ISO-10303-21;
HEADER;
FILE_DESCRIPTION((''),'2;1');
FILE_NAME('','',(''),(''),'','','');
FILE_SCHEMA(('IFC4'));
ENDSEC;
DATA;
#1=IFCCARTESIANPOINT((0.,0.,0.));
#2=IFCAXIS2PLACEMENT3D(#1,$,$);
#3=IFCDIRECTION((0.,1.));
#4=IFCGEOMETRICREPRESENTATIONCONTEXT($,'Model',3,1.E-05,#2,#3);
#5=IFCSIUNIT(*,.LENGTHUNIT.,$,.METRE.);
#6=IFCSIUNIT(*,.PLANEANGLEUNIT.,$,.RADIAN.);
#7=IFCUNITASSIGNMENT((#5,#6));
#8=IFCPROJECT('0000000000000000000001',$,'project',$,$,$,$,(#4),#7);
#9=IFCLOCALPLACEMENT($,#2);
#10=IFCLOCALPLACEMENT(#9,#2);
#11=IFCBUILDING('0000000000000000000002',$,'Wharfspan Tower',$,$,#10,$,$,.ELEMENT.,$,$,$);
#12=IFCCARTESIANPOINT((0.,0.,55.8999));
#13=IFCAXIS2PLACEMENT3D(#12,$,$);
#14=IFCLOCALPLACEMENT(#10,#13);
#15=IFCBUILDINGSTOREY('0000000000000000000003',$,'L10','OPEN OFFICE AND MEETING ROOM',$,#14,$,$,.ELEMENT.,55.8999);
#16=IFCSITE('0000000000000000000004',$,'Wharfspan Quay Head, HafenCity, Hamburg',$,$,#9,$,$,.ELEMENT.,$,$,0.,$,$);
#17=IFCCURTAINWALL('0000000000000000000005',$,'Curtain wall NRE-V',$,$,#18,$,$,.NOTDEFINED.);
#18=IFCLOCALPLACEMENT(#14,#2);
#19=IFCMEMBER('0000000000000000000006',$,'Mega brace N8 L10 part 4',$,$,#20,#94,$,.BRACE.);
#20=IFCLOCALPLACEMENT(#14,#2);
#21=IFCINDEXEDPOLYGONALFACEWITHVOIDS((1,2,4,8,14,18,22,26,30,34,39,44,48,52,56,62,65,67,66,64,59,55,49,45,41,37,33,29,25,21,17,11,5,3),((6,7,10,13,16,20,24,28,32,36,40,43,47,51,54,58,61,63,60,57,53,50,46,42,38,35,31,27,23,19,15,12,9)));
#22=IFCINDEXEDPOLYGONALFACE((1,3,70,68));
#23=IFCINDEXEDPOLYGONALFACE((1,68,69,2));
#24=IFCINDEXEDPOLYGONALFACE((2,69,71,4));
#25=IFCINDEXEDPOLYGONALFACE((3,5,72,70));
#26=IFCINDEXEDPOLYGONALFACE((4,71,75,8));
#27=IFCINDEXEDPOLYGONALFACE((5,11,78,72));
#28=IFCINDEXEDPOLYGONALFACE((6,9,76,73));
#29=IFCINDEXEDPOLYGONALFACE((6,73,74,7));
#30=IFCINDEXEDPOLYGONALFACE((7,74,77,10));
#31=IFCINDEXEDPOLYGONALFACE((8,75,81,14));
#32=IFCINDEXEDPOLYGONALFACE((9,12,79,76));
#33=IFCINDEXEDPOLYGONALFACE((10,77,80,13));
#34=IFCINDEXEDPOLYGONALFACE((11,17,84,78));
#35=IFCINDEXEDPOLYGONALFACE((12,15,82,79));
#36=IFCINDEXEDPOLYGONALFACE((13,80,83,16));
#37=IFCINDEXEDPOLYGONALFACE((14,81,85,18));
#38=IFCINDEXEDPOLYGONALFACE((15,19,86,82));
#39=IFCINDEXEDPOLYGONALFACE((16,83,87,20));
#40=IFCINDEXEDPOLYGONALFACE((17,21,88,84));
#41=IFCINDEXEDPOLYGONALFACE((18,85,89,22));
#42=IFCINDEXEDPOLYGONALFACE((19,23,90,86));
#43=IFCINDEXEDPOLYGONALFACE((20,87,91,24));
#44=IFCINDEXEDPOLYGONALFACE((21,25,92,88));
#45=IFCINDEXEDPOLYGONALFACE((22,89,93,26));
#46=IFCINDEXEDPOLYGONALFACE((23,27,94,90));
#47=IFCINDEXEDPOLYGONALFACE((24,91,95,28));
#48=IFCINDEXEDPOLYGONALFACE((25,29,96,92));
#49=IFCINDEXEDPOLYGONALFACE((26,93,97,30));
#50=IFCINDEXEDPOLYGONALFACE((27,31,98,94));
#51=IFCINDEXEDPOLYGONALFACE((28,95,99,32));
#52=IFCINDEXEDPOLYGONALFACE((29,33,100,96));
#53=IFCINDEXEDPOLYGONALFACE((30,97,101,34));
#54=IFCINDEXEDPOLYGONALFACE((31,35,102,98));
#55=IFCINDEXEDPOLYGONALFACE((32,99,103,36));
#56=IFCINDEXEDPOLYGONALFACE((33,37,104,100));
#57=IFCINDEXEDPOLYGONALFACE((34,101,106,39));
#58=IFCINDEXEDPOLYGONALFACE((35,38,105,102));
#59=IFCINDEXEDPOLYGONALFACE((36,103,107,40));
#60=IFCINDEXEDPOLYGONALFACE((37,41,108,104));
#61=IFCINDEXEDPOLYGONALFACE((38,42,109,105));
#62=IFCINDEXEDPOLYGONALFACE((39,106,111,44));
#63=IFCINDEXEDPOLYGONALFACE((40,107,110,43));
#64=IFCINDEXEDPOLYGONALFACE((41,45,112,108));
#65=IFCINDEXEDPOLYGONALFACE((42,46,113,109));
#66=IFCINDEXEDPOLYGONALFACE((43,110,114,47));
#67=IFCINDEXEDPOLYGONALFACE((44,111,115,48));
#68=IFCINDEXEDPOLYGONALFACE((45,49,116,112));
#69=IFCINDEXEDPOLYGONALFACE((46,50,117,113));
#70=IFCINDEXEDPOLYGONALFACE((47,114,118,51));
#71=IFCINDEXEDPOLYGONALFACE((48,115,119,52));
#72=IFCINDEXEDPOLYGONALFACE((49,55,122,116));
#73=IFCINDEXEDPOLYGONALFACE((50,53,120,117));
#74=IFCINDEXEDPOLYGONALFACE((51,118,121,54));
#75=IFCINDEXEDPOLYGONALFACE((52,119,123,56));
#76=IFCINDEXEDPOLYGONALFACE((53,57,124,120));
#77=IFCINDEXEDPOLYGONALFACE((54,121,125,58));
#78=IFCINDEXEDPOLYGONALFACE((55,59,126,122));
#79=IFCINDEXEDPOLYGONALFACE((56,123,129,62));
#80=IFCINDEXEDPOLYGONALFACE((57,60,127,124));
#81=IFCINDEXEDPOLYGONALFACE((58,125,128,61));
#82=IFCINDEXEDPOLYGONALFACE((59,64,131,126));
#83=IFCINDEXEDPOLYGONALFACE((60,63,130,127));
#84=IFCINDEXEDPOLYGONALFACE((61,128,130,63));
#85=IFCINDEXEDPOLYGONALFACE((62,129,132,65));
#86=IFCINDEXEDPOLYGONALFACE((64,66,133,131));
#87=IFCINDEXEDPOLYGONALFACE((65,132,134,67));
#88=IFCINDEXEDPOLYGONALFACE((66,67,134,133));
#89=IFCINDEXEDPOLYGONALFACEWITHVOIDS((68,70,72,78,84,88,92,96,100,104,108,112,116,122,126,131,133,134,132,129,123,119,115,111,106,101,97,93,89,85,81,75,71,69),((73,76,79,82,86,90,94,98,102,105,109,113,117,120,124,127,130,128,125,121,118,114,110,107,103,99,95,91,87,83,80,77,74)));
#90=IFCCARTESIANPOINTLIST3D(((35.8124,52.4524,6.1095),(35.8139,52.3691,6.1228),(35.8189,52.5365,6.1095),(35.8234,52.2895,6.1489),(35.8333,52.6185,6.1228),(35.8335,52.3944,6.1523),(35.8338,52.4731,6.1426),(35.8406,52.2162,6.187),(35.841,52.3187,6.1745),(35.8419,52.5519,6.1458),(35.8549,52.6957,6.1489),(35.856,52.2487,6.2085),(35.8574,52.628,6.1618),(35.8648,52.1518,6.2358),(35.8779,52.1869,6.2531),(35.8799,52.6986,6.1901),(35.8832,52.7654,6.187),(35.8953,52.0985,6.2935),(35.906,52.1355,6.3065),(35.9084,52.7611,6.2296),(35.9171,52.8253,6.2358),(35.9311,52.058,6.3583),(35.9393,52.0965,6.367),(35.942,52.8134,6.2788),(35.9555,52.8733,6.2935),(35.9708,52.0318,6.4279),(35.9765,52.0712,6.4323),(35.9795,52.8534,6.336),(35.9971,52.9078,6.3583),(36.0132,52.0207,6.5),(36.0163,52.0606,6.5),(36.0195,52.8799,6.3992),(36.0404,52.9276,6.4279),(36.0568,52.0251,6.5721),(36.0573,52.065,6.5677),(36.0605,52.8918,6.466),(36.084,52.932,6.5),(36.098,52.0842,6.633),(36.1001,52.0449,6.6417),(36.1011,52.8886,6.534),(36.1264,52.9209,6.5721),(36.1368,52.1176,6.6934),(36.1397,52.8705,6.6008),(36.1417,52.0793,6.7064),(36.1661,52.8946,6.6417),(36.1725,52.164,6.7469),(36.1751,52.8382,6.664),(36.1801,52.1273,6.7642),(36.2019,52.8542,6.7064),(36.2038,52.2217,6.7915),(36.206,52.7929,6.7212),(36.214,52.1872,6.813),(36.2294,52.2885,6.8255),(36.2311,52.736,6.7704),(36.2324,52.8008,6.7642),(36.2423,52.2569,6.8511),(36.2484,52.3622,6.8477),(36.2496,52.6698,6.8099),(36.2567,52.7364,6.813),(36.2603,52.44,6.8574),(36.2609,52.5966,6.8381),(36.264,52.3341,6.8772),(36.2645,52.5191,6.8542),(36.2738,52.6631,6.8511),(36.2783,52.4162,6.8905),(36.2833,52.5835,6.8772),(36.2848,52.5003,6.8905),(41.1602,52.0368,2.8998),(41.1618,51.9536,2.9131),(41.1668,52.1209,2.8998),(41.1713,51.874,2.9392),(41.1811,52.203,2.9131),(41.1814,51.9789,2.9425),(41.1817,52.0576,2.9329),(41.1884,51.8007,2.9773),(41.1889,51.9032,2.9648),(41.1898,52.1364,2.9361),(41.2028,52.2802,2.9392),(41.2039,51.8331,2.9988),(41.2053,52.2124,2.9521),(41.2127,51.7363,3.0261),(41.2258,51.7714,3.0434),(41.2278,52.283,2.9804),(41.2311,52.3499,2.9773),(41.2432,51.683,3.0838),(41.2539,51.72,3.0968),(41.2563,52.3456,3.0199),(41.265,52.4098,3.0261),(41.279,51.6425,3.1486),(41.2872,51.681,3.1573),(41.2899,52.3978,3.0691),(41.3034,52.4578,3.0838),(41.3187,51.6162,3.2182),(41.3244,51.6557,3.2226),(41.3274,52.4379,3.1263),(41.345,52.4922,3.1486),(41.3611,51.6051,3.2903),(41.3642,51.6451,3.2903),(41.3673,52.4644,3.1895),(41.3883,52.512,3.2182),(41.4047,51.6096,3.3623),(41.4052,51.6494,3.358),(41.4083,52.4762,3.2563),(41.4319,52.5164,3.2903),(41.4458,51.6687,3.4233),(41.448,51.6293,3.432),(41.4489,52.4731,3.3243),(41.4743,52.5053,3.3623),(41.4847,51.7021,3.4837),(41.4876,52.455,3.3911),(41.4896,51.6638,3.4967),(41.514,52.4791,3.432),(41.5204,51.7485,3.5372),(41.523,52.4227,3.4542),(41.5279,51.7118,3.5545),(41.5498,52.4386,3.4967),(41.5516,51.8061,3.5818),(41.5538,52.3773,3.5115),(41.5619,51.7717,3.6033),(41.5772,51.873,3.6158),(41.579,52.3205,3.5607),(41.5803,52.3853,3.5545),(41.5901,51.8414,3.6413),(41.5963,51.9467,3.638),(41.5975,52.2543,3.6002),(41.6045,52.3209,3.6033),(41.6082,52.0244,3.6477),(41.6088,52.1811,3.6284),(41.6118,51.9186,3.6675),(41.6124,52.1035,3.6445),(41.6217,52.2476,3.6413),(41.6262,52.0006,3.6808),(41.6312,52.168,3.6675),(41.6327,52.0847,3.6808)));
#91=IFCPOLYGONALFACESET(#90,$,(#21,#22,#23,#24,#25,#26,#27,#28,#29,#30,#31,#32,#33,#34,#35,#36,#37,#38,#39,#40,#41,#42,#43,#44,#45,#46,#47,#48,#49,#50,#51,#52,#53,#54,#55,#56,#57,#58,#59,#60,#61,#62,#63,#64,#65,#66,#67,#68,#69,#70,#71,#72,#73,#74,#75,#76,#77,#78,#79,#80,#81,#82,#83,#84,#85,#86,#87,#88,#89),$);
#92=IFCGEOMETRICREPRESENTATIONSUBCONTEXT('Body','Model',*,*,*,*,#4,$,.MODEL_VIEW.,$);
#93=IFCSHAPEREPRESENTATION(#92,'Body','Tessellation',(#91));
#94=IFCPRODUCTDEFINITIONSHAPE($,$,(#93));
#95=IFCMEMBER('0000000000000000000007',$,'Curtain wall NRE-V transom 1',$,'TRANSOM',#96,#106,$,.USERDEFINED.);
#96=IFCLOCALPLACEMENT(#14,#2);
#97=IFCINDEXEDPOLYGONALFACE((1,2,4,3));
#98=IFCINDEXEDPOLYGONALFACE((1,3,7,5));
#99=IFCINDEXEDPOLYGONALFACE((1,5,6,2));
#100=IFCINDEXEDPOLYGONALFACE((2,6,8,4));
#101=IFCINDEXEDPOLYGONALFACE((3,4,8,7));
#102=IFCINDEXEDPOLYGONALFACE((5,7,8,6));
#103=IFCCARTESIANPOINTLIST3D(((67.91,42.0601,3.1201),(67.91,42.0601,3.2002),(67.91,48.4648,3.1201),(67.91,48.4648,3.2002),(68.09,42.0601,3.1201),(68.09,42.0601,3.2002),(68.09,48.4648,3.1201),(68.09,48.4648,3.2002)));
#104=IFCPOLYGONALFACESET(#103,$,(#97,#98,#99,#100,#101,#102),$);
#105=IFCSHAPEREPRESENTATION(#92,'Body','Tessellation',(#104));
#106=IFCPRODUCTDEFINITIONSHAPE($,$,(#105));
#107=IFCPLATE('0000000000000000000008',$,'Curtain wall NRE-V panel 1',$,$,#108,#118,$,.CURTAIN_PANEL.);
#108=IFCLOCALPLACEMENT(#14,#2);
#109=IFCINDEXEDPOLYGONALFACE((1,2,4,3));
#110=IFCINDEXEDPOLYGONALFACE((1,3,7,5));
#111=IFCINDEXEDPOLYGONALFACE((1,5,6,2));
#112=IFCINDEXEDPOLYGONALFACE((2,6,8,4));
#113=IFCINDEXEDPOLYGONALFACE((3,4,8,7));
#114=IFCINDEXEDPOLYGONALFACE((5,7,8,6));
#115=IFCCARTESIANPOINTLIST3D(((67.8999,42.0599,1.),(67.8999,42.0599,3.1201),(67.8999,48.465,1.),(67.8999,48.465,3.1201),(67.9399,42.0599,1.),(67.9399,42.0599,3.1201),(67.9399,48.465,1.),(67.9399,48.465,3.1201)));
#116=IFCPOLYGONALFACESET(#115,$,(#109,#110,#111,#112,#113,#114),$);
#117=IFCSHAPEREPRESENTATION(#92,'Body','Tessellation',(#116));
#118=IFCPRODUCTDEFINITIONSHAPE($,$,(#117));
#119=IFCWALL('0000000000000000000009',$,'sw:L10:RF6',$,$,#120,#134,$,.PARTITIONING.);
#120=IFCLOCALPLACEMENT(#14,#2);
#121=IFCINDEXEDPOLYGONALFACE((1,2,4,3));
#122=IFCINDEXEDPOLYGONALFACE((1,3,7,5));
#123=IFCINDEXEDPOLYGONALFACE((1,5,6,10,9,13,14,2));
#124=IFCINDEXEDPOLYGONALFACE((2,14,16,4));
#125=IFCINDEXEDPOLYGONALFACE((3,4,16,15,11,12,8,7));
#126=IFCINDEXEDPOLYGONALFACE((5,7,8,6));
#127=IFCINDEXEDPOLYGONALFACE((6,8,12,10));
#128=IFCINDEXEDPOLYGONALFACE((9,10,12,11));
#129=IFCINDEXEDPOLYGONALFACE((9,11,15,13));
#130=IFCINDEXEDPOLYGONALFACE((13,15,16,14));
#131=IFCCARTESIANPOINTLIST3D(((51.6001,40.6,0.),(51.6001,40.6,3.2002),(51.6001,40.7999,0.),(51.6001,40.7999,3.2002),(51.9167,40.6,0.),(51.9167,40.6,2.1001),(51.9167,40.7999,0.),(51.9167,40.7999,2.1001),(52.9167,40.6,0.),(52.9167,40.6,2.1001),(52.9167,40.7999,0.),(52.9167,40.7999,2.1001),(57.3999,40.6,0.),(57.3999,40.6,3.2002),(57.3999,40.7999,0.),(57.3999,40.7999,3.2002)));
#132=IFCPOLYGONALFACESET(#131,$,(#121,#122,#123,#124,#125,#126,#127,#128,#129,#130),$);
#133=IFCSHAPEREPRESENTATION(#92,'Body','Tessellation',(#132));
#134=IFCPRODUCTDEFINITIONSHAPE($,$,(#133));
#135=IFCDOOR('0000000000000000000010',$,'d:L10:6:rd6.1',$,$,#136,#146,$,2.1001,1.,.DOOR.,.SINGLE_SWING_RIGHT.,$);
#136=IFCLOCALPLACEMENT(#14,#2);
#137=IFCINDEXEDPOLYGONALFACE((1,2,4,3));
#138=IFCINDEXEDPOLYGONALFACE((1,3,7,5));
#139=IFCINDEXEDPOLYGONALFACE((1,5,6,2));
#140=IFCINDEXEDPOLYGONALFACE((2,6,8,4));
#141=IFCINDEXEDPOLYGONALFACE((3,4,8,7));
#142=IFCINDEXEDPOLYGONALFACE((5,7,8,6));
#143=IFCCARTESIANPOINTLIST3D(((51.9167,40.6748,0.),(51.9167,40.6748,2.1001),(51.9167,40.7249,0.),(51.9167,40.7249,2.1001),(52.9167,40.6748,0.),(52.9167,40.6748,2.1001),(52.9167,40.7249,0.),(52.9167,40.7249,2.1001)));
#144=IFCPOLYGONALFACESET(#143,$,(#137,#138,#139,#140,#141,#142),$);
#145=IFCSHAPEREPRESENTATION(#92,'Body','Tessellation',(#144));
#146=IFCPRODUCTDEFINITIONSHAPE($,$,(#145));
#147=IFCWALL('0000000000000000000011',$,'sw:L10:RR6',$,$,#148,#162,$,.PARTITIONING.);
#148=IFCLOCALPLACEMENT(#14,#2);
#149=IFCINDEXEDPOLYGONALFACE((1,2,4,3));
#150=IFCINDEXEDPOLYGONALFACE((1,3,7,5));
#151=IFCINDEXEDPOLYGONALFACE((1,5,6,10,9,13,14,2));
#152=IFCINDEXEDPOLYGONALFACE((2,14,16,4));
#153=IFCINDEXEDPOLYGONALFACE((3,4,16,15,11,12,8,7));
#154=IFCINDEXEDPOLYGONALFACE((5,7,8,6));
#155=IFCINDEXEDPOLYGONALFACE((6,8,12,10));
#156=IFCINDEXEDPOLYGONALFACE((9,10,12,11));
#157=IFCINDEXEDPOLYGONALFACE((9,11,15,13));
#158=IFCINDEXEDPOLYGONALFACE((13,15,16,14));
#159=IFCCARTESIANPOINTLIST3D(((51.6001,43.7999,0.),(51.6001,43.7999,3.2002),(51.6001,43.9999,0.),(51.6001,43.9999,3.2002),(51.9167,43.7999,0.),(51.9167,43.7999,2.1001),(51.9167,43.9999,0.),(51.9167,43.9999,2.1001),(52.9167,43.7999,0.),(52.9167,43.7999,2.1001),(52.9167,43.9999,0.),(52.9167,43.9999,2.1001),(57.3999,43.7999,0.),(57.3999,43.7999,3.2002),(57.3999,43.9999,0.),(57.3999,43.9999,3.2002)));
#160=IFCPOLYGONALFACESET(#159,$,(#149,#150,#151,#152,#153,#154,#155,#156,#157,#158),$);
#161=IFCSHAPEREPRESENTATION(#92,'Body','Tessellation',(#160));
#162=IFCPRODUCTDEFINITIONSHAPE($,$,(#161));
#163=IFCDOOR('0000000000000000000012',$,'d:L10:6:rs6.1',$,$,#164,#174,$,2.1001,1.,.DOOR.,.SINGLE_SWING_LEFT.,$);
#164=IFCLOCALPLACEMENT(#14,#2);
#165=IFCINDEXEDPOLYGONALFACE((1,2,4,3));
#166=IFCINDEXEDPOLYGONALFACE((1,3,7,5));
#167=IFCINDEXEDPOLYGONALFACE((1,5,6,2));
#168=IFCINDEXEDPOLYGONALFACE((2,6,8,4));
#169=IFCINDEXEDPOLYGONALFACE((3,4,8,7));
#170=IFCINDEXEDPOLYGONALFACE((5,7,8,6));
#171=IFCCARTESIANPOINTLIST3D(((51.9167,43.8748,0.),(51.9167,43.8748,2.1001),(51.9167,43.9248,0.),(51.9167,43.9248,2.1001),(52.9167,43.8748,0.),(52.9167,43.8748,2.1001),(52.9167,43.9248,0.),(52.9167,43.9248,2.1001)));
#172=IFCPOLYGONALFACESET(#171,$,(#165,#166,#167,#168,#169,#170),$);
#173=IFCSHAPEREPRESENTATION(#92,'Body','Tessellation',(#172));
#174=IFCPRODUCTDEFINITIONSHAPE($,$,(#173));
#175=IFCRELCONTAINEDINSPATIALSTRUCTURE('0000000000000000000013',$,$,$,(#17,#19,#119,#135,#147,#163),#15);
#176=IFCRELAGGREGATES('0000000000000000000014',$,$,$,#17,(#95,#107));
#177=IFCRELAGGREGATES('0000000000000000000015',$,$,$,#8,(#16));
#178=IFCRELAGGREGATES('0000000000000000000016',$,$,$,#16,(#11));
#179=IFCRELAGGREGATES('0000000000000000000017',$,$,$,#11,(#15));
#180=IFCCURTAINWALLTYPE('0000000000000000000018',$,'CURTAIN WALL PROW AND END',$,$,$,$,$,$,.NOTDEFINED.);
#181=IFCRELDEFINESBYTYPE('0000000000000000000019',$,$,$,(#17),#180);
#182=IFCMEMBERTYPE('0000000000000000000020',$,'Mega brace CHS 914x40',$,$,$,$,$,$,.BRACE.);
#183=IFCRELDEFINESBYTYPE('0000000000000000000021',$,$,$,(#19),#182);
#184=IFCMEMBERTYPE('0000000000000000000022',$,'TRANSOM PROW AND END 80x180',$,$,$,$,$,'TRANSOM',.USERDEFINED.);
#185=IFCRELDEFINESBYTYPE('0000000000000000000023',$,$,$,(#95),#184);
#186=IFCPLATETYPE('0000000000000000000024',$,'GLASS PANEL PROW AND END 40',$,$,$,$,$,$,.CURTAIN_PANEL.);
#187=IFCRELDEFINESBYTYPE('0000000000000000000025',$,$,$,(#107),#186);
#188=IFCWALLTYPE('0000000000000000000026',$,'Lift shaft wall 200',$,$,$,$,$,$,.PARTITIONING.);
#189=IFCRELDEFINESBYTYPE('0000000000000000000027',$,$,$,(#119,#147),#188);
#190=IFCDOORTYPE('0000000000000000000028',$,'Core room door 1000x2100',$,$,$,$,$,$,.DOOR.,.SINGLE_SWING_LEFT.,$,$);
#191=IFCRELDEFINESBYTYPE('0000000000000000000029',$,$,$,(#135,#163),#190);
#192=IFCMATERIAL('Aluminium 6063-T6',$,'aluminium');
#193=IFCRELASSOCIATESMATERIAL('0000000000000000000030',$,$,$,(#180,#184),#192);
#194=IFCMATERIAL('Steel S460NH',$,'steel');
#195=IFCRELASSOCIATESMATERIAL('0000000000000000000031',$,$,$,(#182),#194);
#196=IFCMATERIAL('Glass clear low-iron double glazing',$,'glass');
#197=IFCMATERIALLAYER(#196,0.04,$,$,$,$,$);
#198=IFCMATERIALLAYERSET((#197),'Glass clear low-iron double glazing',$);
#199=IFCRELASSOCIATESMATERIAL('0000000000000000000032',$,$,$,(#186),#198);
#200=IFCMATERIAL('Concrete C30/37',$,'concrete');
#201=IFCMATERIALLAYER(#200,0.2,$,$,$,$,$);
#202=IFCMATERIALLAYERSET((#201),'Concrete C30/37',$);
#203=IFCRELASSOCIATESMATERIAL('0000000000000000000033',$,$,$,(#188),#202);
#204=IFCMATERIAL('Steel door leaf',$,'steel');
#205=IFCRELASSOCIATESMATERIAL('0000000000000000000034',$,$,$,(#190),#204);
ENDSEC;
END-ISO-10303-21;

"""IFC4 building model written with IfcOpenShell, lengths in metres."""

from ifc_helpers import new_model, si_unit, direction, frame, frame_2d, origin, origin_2d, place, context, subcontext, project, spatial, rectangle, hollow_circle, extrude, material, layer, layer_set, material_profile, profile_set, type_object, element, fill, aggregate, save


model = new_model("IFC4")

# Units and contexts
model_context = context("Model", 3, precision=1e-05, world=origin(), true_north=direction((0.0, 1.0)))
body_context = subcontext(model_context, "Body", "Model", "MODEL_VIEW")
ifc_project = project(units=[si_unit("LENGTHUNIT", "METRE"), si_unit("PLANEANGLEUNIT", "RADIAN")], contexts=[model_context])

# Site, building, storey
site_placement = place(None, origin())
site = spatial("IfcSite", under=ifc_project, at=site_placement, Name="Wharfspan Quay Head, HafenCity, Hamburg", CompositionType="ELEMENT", RefElevation=0.0)
building_placement = place(site_placement, origin())
building = spatial("IfcBuilding", under=site, at=building_placement, Name="Wharfspan Tower", CompositionType="ELEMENT")
storey_placement = place(building_placement, frame((0.0, 0.0, 55.8999)))
storey = spatial("IfcBuildingStorey", under=building, at=storey_placement, Name="L10", Description="OPEN OFFICE AND MEETING ROOM", CompositionType="ELEMENT", Elevation=55.8999)

# Shared definitions
ifc_material_1 = material(Name="Aluminium 6063-T6", Category="aluminium")
curtain_wall_type = type_object("IfcCurtainWallType", Name="CURTAIN WALL PROW AND END", PredefinedType="NOTDEFINED", material=ifc_material_1)

# Curtain wall
curtain_wall_1_placement = place(storey_placement, origin())
curtain_wall_1 = element("IfcCurtainWall", 1, at=curtain_wall_1_placement, inside=storey, type_object=curtain_wall_type, Name="Curtain wall NRE-V", PredefinedType="NOTDEFINED")

# Member
ifc_material_2 = material(Name="Steel S460NH", Category="steel")
ifc_material_profile_1 = material_profile(ifc_material_2, hollow_circle(Radius=0.457, WallThickness=0.04, at=origin_2d()))
ifc_profile_set_1 = profile_set([ifc_material_profile_1], Name="Steel S460NH")
member_type_1 = type_object("IfcMemberType", Name="Mega brace CHS 914x40", PredefinedType="BRACE", material=ifc_profile_set_1)
for number, where, z_axis, x_axis, name in (
    (2, (41.3965, 52.0608, 3.2903), (-0.855527, 0.066474, 0.513473), (-0.077466, -0.996995, 0.0), "Mega brace N8 L10 part 4"),
):
    element("IfcMember", number, at=place(storey_placement, frame(where, z_axis=z_axis, x_axis=x_axis)), inside=storey, type_object=member_type_1, Name=name, PredefinedType="BRACE", context=body_context, shape_type="SweptSolid", body=[
        extrude(hollow_circle(Radius=0.457, WallThickness=0.04, at=origin_2d()), origin(), (0.0, 0.0, 1.0), 6.251),
    ])

# Member
ifc_material_profile_2 = material_profile(ifc_material_1, rectangle(XDim=0.1799, YDim=0.0801, at=origin_2d()))
ifc_profile_set_2 = profile_set([ifc_material_profile_2], Name="Aluminium 6063-T6")
member_type_2 = type_object("IfcMemberType", Name="TRANSOM PROW AND END 80x180", ElementType="TRANSOM", PredefinedType="USERDEFINED", material=ifc_profile_set_2)
member_1_placement = place(storey_placement, frame((68.0, 42.0601, 3.1602), z_axis=(0.0, 1.0, 0.0), x_axis=(-1.0, 0.0, 0.0)))
member_1 = element("IfcMember", 3, at=member_1_placement, type_object=member_type_2, Name="Curtain wall NRE-V transom 1", ObjectType="TRANSOM", PredefinedType="USERDEFINED", context=body_context, shape_type="SweptSolid", body=[
    extrude(rectangle(XDim=0.1799, YDim=0.0801, at=origin_2d()), origin(), (0.0, 0.0, 1.0), 6.4048),
])

# Plate
ifc_material_3 = material(Name="Glass clear low-iron double glazing", Category="glass")
ifc_layer_1 = layer(ifc_material_3, 0.04)
ifc_layer_set_1 = layer_set([ifc_layer_1], Name="Glass clear low-iron double glazing")
plate_type = type_object("IfcPlateType", Name="GLASS PANEL PROW AND END 40", PredefinedType="CURTAIN_PANEL", material=ifc_layer_set_1)
plate_placement = place(storey_placement, frame((67.9199, 45.2625, 1.0), z_axis=(0.0, 0.0, 1.0), x_axis=(0.0, 1.0, 0.0)))
plate = element("IfcPlate", 4, at=plate_placement, type_object=plate_type, Name="Curtain wall NRE-V panel 1", PredefinedType="CURTAIN_PANEL", context=body_context, shape_type="SweptSolid", body=[
    extrude(rectangle(XDim=6.405, YDim=0.04, at=origin_2d()), origin(), (0.0, 0.0, 1.0), 2.1201),
])
aggregate(curtain_wall_1, [member_1, plate])

# Walls, openings, doors
ifc_material_4 = material(Name="Concrete C30/37", Category="concrete")
ifc_layer_2 = layer(ifc_material_4, 0.2)
ifc_layer_set_2 = layer_set([ifc_layer_2], Name="Concrete C30/37")
wall_type_1 = type_object("IfcWallType", Name="Lift shaft wall 200", PredefinedType="PARTITIONING", material=ifc_layer_set_2)
wall_1_placement = place(storey_placement, frame((51.6001, 40.7, 0.0), z_axis=(0.0, 0.0, 1.0), x_axis=(1.0, 0.0, 0.0)))
wall_1 = element("IfcWall", 5, at=wall_1_placement, inside=storey, type_object=wall_type_1, Name="sw:L10:RF6", PredefinedType="PARTITIONING", context=body_context, shape_type="SweptSolid", body=[
    extrude(rectangle(XDim=5.7998, YDim=0.2, at=frame_2d((2.8999, 0.0))), origin(), (0.0, 0.0, 1.0), 3.2002),
])
opening_1_placement = place(wall_1_placement, frame((0.3166, 0.0, 0.0)))
opening_1 = element("IfcOpeningElement", 6, at=opening_1_placement, cuts=wall_1, PredefinedType="OPENING", context=body_context, shape_type="SweptSolid", body=[
    extrude(rectangle(XDim=1.0, YDim=2.1001, at=frame_2d((0.5, 1.05))), frame((0.0, 0.1099, 0.0), z_axis=(0.0, -1.0, 0.0), x_axis=(1.0, 0.0, 0.0)), (0.0, 0.0, 1.0), 0.22),
])
ifc_material_5 = material(Name="Steel door leaf", Category="steel")
door_type_1 = type_object("IfcDoorType", Name="Core room door 1000x2100", OperationType="SINGLE_SWING_LEFT", PredefinedType="DOOR", material=ifc_material_5)
door_1_placement = place(opening_1_placement, origin())
door_1 = element("IfcDoor", 7, at=door_1_placement, inside=storey, type_object=door_type_1, Name="d:L10:6:rd6.1", OperationType="SINGLE_SWING_RIGHT", OverallHeight=2.1001, OverallWidth=1.0, PredefinedType="DOOR", context=body_context, shape_type="SweptSolid", body=[
    extrude(rectangle(XDim=1.0, YDim=2.1001, at=frame_2d((0.5, 1.05))), frame((0.0, 0.0249, 0.0), z_axis=(0.0, -1.0, 0.0), x_axis=(1.0, 0.0, 0.0)), (0.0, 0.0, 1.0), 0.05),
])
fill(opening_1, door_1)
wall_2_placement = place(storey_placement, frame((51.6001, 43.8999, 0.0), z_axis=(0.0, 0.0, 1.0), x_axis=(1.0, 0.0, 0.0)))
wall_2 = element("IfcWall", 8, at=wall_2_placement, inside=storey, type_object=wall_type_1, Name="sw:L10:RR6", PredefinedType="PARTITIONING", context=body_context, shape_type="SweptSolid", body=[
    extrude(rectangle(XDim=5.7998, YDim=0.2, at=frame_2d((2.8999, 0.0))), origin(), (0.0, 0.0, 1.0), 3.2002),
])
opening_2_placement = place(wall_2_placement, frame((0.3166, 0.0, 0.0)))
opening_2 = element("IfcOpeningElement", 9, at=opening_2_placement, cuts=wall_2, PredefinedType="OPENING", context=body_context, shape_type="SweptSolid", body=[
    extrude(rectangle(XDim=1.0, YDim=2.1001, at=frame_2d((0.5, 1.05))), frame((0.0, 0.1099, 0.0), z_axis=(0.0, -1.0, 0.0), x_axis=(1.0, 0.0, 0.0)), (0.0, 0.0, 1.0), 0.22),
])
door_2_placement = place(opening_2_placement, origin())
door_2 = element("IfcDoor", 10, at=door_2_placement, inside=storey, type_object=door_type_1, Name="d:L10:6:rs6.1", OperationType="SINGLE_SWING_LEFT", OverallHeight=2.1001, OverallWidth=1.0, PredefinedType="DOOR", context=body_context, shape_type="SweptSolid", body=[
    extrude(rectangle(XDim=1.0, YDim=2.1001, at=frame_2d((0.5, 1.05))), frame((0.0, 0.0249, 0.0), z_axis=(0.0, -1.0, 0.0), x_axis=(1.0, 0.0, 0.0)), (0.0, 0.0, 1.0), 0.05),
])
fill(opening_2, door_2)

save(model, "model.ifc")
